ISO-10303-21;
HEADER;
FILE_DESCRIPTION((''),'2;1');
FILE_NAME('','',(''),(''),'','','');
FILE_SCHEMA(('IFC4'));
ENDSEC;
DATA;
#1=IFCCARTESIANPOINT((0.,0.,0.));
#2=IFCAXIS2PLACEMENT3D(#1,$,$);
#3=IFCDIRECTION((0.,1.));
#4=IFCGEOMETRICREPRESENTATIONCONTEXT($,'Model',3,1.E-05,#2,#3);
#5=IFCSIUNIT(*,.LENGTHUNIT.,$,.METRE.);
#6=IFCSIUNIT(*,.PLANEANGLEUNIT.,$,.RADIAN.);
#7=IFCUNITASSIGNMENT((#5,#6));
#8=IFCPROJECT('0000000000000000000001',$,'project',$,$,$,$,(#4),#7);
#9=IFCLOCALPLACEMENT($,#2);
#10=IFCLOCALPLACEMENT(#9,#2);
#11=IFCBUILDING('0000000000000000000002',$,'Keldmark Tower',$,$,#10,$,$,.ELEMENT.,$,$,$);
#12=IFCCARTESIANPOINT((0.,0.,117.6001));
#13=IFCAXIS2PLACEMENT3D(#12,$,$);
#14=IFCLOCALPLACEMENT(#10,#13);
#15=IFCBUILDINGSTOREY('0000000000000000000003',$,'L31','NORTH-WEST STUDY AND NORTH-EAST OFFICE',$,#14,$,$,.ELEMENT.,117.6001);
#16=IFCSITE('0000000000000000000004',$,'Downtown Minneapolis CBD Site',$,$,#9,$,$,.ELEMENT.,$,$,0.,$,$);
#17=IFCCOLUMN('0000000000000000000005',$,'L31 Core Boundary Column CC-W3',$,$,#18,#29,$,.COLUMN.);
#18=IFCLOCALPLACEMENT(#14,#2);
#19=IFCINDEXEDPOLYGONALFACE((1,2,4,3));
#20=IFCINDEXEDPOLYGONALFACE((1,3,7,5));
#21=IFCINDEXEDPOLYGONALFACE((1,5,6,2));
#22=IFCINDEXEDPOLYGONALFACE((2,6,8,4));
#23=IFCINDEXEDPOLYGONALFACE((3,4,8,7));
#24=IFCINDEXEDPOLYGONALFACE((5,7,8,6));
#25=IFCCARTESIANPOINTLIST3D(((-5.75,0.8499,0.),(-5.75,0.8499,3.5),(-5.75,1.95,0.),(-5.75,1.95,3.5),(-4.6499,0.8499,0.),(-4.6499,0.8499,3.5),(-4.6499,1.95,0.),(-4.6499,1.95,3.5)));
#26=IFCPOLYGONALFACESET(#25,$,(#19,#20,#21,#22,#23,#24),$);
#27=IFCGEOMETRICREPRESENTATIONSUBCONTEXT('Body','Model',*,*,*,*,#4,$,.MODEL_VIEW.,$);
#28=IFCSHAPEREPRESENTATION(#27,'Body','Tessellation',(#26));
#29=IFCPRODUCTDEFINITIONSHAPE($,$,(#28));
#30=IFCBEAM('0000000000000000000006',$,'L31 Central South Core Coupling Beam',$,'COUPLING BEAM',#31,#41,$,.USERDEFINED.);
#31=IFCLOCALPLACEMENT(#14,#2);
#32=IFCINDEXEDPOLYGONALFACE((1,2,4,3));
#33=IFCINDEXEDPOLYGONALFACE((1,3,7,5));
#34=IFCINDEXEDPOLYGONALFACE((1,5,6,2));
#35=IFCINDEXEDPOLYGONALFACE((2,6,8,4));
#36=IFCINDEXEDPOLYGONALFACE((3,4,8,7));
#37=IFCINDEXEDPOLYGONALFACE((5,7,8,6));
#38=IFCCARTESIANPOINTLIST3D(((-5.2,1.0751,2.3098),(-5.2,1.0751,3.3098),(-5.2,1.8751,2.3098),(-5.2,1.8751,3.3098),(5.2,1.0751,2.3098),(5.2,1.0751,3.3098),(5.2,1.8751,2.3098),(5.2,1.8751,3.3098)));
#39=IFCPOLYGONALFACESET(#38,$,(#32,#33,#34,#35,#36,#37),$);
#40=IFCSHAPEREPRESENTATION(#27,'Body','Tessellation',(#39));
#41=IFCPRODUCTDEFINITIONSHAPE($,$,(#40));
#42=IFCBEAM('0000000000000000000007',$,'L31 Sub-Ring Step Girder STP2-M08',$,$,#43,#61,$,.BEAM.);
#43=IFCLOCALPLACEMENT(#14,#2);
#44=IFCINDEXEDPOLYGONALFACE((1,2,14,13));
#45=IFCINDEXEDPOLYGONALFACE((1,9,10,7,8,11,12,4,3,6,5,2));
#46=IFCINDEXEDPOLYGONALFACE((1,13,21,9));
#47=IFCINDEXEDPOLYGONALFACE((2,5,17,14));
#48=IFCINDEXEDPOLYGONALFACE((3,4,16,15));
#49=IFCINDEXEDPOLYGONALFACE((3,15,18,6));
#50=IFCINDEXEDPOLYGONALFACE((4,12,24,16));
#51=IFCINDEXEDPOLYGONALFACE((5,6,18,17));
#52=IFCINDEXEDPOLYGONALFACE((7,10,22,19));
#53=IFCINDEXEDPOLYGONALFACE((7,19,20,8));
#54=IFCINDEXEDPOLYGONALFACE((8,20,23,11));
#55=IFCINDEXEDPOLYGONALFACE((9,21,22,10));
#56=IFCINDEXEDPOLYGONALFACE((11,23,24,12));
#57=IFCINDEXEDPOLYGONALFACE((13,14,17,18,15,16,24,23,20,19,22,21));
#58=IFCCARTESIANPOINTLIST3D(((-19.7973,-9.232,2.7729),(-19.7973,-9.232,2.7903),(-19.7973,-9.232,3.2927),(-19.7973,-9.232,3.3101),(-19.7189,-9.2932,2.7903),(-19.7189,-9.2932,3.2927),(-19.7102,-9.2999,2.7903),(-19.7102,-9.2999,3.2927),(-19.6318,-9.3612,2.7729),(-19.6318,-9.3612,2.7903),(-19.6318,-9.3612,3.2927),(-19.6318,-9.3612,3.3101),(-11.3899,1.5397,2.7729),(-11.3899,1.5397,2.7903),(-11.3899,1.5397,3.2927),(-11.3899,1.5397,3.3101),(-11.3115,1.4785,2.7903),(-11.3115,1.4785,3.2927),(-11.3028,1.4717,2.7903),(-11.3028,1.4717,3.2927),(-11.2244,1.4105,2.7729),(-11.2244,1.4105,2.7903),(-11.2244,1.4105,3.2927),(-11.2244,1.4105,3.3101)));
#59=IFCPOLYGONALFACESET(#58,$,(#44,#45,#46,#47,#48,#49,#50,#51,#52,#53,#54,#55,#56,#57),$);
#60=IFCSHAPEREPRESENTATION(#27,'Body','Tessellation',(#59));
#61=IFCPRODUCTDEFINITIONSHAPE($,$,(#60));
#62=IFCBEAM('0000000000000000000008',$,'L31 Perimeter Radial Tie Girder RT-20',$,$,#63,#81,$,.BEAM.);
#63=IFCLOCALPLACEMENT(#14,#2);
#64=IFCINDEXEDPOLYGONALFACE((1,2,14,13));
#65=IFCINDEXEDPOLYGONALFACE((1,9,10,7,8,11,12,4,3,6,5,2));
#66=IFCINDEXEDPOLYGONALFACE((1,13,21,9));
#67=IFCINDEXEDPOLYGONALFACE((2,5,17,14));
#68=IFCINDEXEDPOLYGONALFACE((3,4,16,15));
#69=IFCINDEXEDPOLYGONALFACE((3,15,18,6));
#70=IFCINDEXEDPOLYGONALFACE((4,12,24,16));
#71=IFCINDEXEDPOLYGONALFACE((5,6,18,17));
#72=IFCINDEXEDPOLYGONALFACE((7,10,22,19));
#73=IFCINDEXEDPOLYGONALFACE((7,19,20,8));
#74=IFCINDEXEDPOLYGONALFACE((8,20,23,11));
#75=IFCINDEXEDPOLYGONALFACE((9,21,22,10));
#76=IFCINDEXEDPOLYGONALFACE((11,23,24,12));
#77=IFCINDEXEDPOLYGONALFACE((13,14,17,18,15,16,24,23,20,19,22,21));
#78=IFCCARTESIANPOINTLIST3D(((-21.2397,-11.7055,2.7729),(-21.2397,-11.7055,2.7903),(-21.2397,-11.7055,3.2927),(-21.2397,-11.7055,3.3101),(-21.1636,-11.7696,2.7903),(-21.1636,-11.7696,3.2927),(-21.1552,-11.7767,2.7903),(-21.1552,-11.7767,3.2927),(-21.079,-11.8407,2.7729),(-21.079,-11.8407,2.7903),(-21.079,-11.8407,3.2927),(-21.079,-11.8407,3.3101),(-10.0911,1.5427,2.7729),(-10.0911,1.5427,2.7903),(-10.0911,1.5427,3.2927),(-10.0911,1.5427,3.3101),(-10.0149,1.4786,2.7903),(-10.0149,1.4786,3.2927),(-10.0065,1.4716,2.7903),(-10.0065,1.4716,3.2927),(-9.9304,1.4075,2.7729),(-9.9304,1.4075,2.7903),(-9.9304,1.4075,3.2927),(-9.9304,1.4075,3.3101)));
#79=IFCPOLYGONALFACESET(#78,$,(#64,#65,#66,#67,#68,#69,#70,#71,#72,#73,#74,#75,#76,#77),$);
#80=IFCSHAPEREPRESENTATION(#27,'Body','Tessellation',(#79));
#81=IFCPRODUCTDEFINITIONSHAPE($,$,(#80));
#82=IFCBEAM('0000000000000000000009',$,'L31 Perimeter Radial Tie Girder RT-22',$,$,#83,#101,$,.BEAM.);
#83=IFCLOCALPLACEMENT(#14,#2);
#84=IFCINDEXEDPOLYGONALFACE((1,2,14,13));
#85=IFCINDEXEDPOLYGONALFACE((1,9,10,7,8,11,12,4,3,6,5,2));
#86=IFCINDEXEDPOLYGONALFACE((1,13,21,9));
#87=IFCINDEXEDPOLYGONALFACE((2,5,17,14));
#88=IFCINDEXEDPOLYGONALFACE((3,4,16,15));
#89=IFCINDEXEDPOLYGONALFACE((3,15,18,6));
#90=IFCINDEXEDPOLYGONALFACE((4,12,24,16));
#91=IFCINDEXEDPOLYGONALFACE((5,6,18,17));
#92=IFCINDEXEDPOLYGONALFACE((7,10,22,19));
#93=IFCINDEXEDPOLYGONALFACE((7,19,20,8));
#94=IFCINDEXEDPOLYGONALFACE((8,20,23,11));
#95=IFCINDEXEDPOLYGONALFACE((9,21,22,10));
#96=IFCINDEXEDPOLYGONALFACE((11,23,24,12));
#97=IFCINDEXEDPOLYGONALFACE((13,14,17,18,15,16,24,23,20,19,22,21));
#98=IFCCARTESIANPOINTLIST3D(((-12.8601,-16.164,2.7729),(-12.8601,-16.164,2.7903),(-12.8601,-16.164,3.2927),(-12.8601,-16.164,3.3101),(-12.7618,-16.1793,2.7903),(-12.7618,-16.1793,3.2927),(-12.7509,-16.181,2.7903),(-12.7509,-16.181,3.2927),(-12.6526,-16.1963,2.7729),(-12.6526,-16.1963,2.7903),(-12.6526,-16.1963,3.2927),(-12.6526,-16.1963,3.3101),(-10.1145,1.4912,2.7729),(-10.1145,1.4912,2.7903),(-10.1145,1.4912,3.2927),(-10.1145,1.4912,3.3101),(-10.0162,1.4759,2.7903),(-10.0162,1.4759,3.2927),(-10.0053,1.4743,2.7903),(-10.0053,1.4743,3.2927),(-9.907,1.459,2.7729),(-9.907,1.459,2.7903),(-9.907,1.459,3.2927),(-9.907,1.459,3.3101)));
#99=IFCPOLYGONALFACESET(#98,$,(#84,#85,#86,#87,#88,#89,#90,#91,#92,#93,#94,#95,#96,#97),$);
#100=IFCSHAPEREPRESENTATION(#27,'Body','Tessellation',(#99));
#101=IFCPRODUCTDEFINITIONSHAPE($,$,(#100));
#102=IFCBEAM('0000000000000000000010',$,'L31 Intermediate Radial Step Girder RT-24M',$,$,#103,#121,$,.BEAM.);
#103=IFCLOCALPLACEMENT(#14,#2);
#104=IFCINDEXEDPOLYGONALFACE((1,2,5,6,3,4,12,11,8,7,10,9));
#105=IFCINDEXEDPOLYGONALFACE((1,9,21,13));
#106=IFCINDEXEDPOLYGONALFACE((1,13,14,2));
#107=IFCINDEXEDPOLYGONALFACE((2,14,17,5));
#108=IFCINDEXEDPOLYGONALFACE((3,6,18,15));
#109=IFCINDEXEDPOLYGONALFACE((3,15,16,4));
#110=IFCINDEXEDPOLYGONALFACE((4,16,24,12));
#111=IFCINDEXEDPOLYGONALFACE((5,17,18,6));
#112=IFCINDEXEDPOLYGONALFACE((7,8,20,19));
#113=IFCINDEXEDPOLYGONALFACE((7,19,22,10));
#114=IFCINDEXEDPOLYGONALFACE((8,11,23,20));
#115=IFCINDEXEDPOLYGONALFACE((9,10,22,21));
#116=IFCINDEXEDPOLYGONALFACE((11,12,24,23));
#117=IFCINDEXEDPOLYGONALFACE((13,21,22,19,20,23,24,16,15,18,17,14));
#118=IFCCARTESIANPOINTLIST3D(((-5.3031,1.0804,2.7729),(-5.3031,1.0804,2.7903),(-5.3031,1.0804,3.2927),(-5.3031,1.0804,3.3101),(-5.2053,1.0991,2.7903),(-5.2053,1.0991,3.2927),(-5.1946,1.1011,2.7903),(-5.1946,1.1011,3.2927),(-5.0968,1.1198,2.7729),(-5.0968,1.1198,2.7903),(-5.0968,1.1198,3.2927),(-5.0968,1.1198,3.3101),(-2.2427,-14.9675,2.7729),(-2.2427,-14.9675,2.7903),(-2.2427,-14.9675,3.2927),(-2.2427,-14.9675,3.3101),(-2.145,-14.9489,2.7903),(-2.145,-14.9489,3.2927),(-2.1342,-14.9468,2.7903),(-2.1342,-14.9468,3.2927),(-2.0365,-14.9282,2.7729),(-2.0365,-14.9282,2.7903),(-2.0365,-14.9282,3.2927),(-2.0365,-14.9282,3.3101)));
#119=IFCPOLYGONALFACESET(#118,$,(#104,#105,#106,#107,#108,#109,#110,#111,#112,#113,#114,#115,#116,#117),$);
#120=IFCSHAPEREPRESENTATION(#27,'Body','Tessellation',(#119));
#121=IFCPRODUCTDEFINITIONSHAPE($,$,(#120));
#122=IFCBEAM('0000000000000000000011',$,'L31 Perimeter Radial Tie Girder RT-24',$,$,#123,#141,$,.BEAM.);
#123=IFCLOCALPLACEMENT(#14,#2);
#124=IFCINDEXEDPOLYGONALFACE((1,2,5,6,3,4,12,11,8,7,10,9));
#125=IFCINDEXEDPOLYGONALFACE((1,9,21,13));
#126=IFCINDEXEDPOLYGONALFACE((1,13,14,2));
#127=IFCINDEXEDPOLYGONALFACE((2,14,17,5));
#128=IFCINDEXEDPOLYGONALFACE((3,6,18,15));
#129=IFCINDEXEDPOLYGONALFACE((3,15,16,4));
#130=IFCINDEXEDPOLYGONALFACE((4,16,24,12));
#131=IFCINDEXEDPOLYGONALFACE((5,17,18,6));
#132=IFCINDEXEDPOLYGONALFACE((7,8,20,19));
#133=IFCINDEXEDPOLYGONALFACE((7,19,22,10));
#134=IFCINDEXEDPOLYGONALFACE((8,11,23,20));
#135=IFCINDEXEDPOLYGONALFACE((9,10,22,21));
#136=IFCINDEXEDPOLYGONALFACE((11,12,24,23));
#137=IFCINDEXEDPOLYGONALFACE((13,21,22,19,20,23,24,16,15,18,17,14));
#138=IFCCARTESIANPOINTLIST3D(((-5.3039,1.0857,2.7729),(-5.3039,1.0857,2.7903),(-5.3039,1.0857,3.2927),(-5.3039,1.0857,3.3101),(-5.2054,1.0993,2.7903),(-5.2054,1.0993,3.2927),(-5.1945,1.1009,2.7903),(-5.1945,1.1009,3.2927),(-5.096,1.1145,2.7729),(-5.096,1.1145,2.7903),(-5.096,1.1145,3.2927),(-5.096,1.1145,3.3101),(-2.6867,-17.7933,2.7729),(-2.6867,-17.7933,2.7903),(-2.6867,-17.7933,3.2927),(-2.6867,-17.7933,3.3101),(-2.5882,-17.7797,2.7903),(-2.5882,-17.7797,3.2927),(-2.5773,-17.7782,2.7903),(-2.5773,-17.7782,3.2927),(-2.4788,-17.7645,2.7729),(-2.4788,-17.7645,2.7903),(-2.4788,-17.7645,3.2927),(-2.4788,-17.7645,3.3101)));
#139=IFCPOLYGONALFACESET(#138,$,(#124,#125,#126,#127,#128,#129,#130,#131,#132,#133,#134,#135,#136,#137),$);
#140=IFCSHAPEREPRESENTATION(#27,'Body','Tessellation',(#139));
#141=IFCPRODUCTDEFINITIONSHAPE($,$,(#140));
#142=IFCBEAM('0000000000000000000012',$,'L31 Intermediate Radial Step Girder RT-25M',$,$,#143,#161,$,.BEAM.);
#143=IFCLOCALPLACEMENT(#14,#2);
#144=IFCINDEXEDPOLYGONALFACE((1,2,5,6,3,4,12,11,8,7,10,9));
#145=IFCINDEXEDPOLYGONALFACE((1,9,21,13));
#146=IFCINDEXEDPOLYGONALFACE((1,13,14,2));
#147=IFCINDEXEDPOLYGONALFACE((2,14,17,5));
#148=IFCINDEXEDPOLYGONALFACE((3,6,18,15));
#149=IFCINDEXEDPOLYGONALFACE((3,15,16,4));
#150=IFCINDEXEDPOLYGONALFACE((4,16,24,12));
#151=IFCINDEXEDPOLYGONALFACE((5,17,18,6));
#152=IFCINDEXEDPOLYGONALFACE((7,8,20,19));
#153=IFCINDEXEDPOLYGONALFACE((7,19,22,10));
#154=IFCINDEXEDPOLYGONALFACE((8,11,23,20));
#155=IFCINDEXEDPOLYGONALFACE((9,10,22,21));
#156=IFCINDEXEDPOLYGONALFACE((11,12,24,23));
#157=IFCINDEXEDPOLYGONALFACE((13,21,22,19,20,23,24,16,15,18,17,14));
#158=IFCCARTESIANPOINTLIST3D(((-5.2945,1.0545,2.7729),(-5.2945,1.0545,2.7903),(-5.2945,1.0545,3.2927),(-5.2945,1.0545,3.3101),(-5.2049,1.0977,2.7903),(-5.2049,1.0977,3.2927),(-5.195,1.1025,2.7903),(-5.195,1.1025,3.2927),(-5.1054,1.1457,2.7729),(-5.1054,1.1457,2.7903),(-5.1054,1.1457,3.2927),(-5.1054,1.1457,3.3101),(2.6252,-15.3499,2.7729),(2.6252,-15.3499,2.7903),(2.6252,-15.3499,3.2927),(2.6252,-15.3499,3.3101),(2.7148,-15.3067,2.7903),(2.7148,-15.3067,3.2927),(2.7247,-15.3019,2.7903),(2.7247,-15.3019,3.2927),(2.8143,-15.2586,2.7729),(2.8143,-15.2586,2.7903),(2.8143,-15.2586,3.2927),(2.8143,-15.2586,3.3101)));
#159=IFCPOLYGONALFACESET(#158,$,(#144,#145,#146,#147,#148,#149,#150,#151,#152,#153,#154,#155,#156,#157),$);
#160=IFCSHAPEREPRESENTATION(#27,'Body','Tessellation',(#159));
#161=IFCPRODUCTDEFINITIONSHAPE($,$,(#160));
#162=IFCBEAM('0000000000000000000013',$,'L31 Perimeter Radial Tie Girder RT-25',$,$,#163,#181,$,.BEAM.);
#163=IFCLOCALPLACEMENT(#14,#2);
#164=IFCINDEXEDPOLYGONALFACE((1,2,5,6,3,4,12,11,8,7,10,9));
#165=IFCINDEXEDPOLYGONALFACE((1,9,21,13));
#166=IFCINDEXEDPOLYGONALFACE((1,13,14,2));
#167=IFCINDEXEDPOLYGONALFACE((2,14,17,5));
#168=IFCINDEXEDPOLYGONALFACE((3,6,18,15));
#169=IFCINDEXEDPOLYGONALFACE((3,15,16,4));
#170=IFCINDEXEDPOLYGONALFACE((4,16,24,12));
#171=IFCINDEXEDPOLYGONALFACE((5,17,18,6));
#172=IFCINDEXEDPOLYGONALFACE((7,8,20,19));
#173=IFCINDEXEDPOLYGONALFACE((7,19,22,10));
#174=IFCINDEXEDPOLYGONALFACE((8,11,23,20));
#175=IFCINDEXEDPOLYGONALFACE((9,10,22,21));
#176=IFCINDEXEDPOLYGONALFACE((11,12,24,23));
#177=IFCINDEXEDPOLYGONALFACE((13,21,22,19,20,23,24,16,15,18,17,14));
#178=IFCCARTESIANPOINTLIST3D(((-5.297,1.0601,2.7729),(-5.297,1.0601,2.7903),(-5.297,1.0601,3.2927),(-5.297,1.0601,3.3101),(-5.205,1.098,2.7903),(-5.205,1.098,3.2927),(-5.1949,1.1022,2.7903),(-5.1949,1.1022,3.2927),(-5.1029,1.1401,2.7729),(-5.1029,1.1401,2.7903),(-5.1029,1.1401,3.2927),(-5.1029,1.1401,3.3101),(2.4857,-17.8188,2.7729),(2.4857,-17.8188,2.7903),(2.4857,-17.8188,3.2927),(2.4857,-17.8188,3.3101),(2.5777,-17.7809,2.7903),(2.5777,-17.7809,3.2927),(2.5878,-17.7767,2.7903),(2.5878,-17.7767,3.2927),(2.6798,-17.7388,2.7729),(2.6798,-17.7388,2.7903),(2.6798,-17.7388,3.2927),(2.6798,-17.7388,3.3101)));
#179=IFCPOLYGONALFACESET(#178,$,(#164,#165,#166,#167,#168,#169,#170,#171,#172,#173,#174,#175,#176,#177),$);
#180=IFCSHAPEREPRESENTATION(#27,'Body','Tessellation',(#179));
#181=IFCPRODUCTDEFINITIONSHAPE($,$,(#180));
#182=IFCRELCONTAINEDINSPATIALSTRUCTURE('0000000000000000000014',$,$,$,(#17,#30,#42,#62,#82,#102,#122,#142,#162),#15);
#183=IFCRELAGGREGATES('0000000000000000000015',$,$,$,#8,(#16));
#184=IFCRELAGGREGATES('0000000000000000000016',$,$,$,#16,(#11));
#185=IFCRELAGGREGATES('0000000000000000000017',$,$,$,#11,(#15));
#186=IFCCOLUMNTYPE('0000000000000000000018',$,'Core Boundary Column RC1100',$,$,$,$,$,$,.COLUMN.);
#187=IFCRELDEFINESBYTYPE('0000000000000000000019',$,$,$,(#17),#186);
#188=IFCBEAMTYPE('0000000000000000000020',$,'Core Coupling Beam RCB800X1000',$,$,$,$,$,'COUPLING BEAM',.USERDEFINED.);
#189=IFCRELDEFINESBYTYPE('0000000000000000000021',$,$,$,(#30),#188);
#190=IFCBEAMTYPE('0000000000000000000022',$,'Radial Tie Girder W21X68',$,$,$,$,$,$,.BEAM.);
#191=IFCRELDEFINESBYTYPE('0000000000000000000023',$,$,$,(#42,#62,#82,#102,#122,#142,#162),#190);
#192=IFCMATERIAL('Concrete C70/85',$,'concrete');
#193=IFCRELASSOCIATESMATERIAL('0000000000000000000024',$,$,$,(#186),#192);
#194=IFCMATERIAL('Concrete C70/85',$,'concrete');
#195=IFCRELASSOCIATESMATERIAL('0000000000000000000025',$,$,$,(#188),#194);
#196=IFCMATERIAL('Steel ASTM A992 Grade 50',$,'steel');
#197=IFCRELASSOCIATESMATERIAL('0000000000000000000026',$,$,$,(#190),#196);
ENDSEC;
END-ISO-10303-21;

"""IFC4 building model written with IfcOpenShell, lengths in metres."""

from ifc_helpers import new_model, si_unit, direction, frame, origin, origin_2d, place, context, subcontext, project, spatial, rectangle, i_section, extrude, material, material_profile, profile_set, type_object, element, save


model = new_model("IFC4")

# Units and contexts
model_context = context("Model", 3, precision=1e-05, world=origin(), true_north=direction((0.0, 1.0)))
body_context = subcontext(model_context, "Body", "Model", "MODEL_VIEW")
ifc_project = project(units=[si_unit("LENGTHUNIT", "METRE"), si_unit("PLANEANGLEUNIT", "RADIAN")], contexts=[model_context])

# Site, building, storey
site_placement = place(None, origin())
site = spatial("IfcSite", under=ifc_project, at=site_placement, Name="Downtown Minneapolis CBD Site", CompositionType="ELEMENT", RefElevation=0.0)
building_placement = place(site_placement, origin())
building = spatial("IfcBuilding", under=site, at=building_placement, Name="Keldmark Tower", CompositionType="ELEMENT")
storey_placement = place(building_placement, frame((0.0, 0.0, 117.6001)))
storey = spatial("IfcBuildingStorey", under=building, at=storey_placement, Name="L31", Description="NORTH-WEST STUDY AND NORTH-EAST OFFICE", CompositionType="ELEMENT", Elevation=117.6001)

# Column
ifc_material_1 = material(Name="Concrete C70/85", Category="concrete")
ifc_material_profile_1 = material_profile(ifc_material_1, rectangle(XDim=1.1001, YDim=1.1001, at=origin_2d()), Name="RC1100X1100")
ifc_profile_set_1 = profile_set([ifc_material_profile_1], Name="Concrete C70/85")
column_type = type_object("IfcColumnType", Name="Core Boundary Column RC1100", PredefinedType="COLUMN", material=ifc_profile_set_1)
column_placement = place(storey_placement, frame((-5.2, 1.3999, 0.0), z_axis=(0.0, 0.0, 1.0), x_axis=(1.0, 0.0, 0.0)))
element("IfcColumn", 1, at=column_placement, inside=storey, type_object=column_type, Name="L31 Core Boundary Column CC-W3", PredefinedType="COLUMN", context=body_context, shape_type="SweptSolid", body=[
    extrude(rectangle(XDim=1.1001, YDim=1.1001, at=origin_2d()), origin(), (0.0, 0.0, 1.0), 3.5),
])

# Beams
ifc_material_2 = material(Name="Concrete C70/85", Category="concrete")
ifc_material_profile_2 = material_profile(ifc_material_2, rectangle(XDim=0.8, YDim=1.0, at=origin_2d()), Name="RCB800X1000")
ifc_profile_set_2 = profile_set([ifc_material_profile_2], Name="Concrete C70/85")
beam_type_1 = type_object("IfcBeamType", Name="Core Coupling Beam RCB800X1000", ElementType="COUPLING BEAM", PredefinedType="USERDEFINED", material=ifc_profile_set_2)
beam_1_placement = place(storey_placement, frame((-5.2, 1.4751, 2.8098), z_axis=(1.0, 0.0, 0.0), x_axis=(0.0, 1.0, 0.0)))
element("IfcBeam", 2, at=beam_1_placement, inside=storey, type_object=beam_type_1, Name="L31 Central South Core Coupling Beam", ObjectType="COUPLING BEAM", PredefinedType="USERDEFINED", context=body_context, shape_type="SweptSolid", body=[
    extrude(rectangle(XDim=0.8, YDim=1.0, at=origin_2d()), origin(), (0.0, 0.0, 1.0), 10.3999),
])
ifc_material_3 = material(Name="Steel ASTM A992 Grade 50", Category="steel")
ifc_material_profile_3 = material_profile(ifc_material_3, i_section(OverallWidth=0.21, OverallDepth=0.5371, WebThickness=0.011, FlangeThickness=0.0173, at=origin_2d()), Name="W21X68")
ifc_profile_set_3 = profile_set([ifc_material_profile_3], Name="Steel ASTM A992 Grade 50")
beam_type_2 = type_object("IfcBeamType", Name="Radial Tie Girder W21X68", PredefinedType="BEAM", material=ifc_profile_set_3)
beam_2_placement = place(storey_placement, frame((-11.3071, 1.4751, 3.0415), z_axis=(-0.615283, -0.788306, 0.0), x_axis=(0.788306, -0.615283, 0.0)))
element("IfcBeam", 3, at=beam_2_placement, inside=storey, type_object=beam_type_2, Name="L31 Sub-Ring Step Girder STP2-M08", PredefinedType="BEAM", context=body_context, shape_type="SweptSolid", body=[
    extrude(i_section(OverallWidth=0.21, OverallDepth=0.5371, WebThickness=0.011, FlangeThickness=0.0173, at=origin_2d()), origin(), (0.0, 0.0, 1.0), 13.6643),
])
beam_3_placement = place(storey_placement, frame((-10.0107, 1.4751, 3.0415), z_axis=(-0.643873, -0.765132, 0.0), x_axis=(0.765132, -0.643873, 0.0)))
element("IfcBeam", 4, at=beam_3_placement, inside=storey, type_object=beam_type_2, Name="L31 Perimeter Radial Tie Girder RT-20", PredefinedType="BEAM", context=body_context, shape_type="SweptSolid", body=[
    extrude(i_section(OverallWidth=0.21, OverallDepth=0.5371, WebThickness=0.011, FlangeThickness=0.0173, at=origin_2d()), origin(), (0.0, 0.0, 1.0), 17.3149),
])
beam_4_placement = place(storey_placement, frame((-10.0107, 1.4751, 3.0415), z_axis=(-0.153665, -0.988123, 0.0), x_axis=(0.988123, -0.153665, 0.0)))
element("IfcBeam", 5, at=beam_4_placement, inside=storey, type_object=beam_type_2, Name="L31 Perimeter Radial Tie Girder RT-22", PredefinedType="BEAM", context=body_context, shape_type="SweptSolid", body=[
    extrude(i_section(OverallWidth=0.21, OverallDepth=0.5371, WebThickness=0.011, FlangeThickness=0.0173, at=origin_2d()), origin(), (0.0, 0.0, 1.0), 17.8674),
])
beam_5_placement = place(storey_placement, frame((-5.2, 1.1001, 3.0415), z_axis=(0.187323, -0.982298, 0.0), x_axis=(0.982298, 0.187323, 0.0)))
element("IfcBeam", 6, at=beam_5_placement, inside=storey, type_object=beam_type_2, Name="L31 Intermediate Radial Step Girder RT-24M", PredefinedType="BEAM", context=body_context, shape_type="SweptSolid", body=[
    extrude(i_section(OverallWidth=0.21, OverallDepth=0.5371, WebThickness=0.011, FlangeThickness=0.0173, at=origin_2d()), origin(), (0.0, 0.0, 1.0), 16.3372),
])
beam_6_placement = place(storey_placement, frame((-5.2, 1.1001, 3.0415), z_axis=(0.137317, -0.990527, 0.0), x_axis=(0.990527, 0.137317, 0.0)))
element("IfcBeam", 7, at=beam_6_placement, inside=storey, type_object=beam_type_2, Name="L31 Perimeter Radial Tie Girder RT-24", PredefinedType="BEAM", context=body_context, shape_type="SweptSolid", body=[
    extrude(i_section(OverallWidth=0.21, OverallDepth=0.5371, WebThickness=0.011, FlangeThickness=0.0173, at=origin_2d()), origin(), (0.0, 0.0, 1.0), 19.0596),
])
beam_7_placement = place(storey_placement, frame((-5.2, 1.1001, 3.0415), z_axis=(0.434765, -0.900544, 0.0), x_axis=(0.900544, 0.434765, 0.0)))
element("IfcBeam", 8, at=beam_7_placement, inside=storey, type_object=beam_type_2, Name="L31 Intermediate Radial Step Girder RT-25M", PredefinedType="BEAM", context=body_context, shape_type="SweptSolid", body=[
    extrude(i_section(OverallWidth=0.21, OverallDepth=0.5371, WebThickness=0.011, FlangeThickness=0.0173, at=origin_2d()), origin(), (0.0, 0.0, 1.0), 18.2161),
])
beam_8_placement = place(storey_placement, frame((-5.2, 1.1001, 3.0415), z_axis=(0.381129, -0.924522, 0.0), x_axis=(0.924522, 0.381129, 0.0)))
element("IfcBeam", 9, at=beam_8_placement, inside=storey, type_object=beam_type_2, Name="L31 Perimeter Radial Tie Girder RT-25", PredefinedType="BEAM", context=body_context, shape_type="SweptSolid", body=[
    extrude(i_section(OverallWidth=0.21, OverallDepth=0.5371, WebThickness=0.011, FlangeThickness=0.0173, at=origin_2d()), origin(), (0.0, 0.0, 1.0), 20.4202),
])

save(model, "model.ifc")
